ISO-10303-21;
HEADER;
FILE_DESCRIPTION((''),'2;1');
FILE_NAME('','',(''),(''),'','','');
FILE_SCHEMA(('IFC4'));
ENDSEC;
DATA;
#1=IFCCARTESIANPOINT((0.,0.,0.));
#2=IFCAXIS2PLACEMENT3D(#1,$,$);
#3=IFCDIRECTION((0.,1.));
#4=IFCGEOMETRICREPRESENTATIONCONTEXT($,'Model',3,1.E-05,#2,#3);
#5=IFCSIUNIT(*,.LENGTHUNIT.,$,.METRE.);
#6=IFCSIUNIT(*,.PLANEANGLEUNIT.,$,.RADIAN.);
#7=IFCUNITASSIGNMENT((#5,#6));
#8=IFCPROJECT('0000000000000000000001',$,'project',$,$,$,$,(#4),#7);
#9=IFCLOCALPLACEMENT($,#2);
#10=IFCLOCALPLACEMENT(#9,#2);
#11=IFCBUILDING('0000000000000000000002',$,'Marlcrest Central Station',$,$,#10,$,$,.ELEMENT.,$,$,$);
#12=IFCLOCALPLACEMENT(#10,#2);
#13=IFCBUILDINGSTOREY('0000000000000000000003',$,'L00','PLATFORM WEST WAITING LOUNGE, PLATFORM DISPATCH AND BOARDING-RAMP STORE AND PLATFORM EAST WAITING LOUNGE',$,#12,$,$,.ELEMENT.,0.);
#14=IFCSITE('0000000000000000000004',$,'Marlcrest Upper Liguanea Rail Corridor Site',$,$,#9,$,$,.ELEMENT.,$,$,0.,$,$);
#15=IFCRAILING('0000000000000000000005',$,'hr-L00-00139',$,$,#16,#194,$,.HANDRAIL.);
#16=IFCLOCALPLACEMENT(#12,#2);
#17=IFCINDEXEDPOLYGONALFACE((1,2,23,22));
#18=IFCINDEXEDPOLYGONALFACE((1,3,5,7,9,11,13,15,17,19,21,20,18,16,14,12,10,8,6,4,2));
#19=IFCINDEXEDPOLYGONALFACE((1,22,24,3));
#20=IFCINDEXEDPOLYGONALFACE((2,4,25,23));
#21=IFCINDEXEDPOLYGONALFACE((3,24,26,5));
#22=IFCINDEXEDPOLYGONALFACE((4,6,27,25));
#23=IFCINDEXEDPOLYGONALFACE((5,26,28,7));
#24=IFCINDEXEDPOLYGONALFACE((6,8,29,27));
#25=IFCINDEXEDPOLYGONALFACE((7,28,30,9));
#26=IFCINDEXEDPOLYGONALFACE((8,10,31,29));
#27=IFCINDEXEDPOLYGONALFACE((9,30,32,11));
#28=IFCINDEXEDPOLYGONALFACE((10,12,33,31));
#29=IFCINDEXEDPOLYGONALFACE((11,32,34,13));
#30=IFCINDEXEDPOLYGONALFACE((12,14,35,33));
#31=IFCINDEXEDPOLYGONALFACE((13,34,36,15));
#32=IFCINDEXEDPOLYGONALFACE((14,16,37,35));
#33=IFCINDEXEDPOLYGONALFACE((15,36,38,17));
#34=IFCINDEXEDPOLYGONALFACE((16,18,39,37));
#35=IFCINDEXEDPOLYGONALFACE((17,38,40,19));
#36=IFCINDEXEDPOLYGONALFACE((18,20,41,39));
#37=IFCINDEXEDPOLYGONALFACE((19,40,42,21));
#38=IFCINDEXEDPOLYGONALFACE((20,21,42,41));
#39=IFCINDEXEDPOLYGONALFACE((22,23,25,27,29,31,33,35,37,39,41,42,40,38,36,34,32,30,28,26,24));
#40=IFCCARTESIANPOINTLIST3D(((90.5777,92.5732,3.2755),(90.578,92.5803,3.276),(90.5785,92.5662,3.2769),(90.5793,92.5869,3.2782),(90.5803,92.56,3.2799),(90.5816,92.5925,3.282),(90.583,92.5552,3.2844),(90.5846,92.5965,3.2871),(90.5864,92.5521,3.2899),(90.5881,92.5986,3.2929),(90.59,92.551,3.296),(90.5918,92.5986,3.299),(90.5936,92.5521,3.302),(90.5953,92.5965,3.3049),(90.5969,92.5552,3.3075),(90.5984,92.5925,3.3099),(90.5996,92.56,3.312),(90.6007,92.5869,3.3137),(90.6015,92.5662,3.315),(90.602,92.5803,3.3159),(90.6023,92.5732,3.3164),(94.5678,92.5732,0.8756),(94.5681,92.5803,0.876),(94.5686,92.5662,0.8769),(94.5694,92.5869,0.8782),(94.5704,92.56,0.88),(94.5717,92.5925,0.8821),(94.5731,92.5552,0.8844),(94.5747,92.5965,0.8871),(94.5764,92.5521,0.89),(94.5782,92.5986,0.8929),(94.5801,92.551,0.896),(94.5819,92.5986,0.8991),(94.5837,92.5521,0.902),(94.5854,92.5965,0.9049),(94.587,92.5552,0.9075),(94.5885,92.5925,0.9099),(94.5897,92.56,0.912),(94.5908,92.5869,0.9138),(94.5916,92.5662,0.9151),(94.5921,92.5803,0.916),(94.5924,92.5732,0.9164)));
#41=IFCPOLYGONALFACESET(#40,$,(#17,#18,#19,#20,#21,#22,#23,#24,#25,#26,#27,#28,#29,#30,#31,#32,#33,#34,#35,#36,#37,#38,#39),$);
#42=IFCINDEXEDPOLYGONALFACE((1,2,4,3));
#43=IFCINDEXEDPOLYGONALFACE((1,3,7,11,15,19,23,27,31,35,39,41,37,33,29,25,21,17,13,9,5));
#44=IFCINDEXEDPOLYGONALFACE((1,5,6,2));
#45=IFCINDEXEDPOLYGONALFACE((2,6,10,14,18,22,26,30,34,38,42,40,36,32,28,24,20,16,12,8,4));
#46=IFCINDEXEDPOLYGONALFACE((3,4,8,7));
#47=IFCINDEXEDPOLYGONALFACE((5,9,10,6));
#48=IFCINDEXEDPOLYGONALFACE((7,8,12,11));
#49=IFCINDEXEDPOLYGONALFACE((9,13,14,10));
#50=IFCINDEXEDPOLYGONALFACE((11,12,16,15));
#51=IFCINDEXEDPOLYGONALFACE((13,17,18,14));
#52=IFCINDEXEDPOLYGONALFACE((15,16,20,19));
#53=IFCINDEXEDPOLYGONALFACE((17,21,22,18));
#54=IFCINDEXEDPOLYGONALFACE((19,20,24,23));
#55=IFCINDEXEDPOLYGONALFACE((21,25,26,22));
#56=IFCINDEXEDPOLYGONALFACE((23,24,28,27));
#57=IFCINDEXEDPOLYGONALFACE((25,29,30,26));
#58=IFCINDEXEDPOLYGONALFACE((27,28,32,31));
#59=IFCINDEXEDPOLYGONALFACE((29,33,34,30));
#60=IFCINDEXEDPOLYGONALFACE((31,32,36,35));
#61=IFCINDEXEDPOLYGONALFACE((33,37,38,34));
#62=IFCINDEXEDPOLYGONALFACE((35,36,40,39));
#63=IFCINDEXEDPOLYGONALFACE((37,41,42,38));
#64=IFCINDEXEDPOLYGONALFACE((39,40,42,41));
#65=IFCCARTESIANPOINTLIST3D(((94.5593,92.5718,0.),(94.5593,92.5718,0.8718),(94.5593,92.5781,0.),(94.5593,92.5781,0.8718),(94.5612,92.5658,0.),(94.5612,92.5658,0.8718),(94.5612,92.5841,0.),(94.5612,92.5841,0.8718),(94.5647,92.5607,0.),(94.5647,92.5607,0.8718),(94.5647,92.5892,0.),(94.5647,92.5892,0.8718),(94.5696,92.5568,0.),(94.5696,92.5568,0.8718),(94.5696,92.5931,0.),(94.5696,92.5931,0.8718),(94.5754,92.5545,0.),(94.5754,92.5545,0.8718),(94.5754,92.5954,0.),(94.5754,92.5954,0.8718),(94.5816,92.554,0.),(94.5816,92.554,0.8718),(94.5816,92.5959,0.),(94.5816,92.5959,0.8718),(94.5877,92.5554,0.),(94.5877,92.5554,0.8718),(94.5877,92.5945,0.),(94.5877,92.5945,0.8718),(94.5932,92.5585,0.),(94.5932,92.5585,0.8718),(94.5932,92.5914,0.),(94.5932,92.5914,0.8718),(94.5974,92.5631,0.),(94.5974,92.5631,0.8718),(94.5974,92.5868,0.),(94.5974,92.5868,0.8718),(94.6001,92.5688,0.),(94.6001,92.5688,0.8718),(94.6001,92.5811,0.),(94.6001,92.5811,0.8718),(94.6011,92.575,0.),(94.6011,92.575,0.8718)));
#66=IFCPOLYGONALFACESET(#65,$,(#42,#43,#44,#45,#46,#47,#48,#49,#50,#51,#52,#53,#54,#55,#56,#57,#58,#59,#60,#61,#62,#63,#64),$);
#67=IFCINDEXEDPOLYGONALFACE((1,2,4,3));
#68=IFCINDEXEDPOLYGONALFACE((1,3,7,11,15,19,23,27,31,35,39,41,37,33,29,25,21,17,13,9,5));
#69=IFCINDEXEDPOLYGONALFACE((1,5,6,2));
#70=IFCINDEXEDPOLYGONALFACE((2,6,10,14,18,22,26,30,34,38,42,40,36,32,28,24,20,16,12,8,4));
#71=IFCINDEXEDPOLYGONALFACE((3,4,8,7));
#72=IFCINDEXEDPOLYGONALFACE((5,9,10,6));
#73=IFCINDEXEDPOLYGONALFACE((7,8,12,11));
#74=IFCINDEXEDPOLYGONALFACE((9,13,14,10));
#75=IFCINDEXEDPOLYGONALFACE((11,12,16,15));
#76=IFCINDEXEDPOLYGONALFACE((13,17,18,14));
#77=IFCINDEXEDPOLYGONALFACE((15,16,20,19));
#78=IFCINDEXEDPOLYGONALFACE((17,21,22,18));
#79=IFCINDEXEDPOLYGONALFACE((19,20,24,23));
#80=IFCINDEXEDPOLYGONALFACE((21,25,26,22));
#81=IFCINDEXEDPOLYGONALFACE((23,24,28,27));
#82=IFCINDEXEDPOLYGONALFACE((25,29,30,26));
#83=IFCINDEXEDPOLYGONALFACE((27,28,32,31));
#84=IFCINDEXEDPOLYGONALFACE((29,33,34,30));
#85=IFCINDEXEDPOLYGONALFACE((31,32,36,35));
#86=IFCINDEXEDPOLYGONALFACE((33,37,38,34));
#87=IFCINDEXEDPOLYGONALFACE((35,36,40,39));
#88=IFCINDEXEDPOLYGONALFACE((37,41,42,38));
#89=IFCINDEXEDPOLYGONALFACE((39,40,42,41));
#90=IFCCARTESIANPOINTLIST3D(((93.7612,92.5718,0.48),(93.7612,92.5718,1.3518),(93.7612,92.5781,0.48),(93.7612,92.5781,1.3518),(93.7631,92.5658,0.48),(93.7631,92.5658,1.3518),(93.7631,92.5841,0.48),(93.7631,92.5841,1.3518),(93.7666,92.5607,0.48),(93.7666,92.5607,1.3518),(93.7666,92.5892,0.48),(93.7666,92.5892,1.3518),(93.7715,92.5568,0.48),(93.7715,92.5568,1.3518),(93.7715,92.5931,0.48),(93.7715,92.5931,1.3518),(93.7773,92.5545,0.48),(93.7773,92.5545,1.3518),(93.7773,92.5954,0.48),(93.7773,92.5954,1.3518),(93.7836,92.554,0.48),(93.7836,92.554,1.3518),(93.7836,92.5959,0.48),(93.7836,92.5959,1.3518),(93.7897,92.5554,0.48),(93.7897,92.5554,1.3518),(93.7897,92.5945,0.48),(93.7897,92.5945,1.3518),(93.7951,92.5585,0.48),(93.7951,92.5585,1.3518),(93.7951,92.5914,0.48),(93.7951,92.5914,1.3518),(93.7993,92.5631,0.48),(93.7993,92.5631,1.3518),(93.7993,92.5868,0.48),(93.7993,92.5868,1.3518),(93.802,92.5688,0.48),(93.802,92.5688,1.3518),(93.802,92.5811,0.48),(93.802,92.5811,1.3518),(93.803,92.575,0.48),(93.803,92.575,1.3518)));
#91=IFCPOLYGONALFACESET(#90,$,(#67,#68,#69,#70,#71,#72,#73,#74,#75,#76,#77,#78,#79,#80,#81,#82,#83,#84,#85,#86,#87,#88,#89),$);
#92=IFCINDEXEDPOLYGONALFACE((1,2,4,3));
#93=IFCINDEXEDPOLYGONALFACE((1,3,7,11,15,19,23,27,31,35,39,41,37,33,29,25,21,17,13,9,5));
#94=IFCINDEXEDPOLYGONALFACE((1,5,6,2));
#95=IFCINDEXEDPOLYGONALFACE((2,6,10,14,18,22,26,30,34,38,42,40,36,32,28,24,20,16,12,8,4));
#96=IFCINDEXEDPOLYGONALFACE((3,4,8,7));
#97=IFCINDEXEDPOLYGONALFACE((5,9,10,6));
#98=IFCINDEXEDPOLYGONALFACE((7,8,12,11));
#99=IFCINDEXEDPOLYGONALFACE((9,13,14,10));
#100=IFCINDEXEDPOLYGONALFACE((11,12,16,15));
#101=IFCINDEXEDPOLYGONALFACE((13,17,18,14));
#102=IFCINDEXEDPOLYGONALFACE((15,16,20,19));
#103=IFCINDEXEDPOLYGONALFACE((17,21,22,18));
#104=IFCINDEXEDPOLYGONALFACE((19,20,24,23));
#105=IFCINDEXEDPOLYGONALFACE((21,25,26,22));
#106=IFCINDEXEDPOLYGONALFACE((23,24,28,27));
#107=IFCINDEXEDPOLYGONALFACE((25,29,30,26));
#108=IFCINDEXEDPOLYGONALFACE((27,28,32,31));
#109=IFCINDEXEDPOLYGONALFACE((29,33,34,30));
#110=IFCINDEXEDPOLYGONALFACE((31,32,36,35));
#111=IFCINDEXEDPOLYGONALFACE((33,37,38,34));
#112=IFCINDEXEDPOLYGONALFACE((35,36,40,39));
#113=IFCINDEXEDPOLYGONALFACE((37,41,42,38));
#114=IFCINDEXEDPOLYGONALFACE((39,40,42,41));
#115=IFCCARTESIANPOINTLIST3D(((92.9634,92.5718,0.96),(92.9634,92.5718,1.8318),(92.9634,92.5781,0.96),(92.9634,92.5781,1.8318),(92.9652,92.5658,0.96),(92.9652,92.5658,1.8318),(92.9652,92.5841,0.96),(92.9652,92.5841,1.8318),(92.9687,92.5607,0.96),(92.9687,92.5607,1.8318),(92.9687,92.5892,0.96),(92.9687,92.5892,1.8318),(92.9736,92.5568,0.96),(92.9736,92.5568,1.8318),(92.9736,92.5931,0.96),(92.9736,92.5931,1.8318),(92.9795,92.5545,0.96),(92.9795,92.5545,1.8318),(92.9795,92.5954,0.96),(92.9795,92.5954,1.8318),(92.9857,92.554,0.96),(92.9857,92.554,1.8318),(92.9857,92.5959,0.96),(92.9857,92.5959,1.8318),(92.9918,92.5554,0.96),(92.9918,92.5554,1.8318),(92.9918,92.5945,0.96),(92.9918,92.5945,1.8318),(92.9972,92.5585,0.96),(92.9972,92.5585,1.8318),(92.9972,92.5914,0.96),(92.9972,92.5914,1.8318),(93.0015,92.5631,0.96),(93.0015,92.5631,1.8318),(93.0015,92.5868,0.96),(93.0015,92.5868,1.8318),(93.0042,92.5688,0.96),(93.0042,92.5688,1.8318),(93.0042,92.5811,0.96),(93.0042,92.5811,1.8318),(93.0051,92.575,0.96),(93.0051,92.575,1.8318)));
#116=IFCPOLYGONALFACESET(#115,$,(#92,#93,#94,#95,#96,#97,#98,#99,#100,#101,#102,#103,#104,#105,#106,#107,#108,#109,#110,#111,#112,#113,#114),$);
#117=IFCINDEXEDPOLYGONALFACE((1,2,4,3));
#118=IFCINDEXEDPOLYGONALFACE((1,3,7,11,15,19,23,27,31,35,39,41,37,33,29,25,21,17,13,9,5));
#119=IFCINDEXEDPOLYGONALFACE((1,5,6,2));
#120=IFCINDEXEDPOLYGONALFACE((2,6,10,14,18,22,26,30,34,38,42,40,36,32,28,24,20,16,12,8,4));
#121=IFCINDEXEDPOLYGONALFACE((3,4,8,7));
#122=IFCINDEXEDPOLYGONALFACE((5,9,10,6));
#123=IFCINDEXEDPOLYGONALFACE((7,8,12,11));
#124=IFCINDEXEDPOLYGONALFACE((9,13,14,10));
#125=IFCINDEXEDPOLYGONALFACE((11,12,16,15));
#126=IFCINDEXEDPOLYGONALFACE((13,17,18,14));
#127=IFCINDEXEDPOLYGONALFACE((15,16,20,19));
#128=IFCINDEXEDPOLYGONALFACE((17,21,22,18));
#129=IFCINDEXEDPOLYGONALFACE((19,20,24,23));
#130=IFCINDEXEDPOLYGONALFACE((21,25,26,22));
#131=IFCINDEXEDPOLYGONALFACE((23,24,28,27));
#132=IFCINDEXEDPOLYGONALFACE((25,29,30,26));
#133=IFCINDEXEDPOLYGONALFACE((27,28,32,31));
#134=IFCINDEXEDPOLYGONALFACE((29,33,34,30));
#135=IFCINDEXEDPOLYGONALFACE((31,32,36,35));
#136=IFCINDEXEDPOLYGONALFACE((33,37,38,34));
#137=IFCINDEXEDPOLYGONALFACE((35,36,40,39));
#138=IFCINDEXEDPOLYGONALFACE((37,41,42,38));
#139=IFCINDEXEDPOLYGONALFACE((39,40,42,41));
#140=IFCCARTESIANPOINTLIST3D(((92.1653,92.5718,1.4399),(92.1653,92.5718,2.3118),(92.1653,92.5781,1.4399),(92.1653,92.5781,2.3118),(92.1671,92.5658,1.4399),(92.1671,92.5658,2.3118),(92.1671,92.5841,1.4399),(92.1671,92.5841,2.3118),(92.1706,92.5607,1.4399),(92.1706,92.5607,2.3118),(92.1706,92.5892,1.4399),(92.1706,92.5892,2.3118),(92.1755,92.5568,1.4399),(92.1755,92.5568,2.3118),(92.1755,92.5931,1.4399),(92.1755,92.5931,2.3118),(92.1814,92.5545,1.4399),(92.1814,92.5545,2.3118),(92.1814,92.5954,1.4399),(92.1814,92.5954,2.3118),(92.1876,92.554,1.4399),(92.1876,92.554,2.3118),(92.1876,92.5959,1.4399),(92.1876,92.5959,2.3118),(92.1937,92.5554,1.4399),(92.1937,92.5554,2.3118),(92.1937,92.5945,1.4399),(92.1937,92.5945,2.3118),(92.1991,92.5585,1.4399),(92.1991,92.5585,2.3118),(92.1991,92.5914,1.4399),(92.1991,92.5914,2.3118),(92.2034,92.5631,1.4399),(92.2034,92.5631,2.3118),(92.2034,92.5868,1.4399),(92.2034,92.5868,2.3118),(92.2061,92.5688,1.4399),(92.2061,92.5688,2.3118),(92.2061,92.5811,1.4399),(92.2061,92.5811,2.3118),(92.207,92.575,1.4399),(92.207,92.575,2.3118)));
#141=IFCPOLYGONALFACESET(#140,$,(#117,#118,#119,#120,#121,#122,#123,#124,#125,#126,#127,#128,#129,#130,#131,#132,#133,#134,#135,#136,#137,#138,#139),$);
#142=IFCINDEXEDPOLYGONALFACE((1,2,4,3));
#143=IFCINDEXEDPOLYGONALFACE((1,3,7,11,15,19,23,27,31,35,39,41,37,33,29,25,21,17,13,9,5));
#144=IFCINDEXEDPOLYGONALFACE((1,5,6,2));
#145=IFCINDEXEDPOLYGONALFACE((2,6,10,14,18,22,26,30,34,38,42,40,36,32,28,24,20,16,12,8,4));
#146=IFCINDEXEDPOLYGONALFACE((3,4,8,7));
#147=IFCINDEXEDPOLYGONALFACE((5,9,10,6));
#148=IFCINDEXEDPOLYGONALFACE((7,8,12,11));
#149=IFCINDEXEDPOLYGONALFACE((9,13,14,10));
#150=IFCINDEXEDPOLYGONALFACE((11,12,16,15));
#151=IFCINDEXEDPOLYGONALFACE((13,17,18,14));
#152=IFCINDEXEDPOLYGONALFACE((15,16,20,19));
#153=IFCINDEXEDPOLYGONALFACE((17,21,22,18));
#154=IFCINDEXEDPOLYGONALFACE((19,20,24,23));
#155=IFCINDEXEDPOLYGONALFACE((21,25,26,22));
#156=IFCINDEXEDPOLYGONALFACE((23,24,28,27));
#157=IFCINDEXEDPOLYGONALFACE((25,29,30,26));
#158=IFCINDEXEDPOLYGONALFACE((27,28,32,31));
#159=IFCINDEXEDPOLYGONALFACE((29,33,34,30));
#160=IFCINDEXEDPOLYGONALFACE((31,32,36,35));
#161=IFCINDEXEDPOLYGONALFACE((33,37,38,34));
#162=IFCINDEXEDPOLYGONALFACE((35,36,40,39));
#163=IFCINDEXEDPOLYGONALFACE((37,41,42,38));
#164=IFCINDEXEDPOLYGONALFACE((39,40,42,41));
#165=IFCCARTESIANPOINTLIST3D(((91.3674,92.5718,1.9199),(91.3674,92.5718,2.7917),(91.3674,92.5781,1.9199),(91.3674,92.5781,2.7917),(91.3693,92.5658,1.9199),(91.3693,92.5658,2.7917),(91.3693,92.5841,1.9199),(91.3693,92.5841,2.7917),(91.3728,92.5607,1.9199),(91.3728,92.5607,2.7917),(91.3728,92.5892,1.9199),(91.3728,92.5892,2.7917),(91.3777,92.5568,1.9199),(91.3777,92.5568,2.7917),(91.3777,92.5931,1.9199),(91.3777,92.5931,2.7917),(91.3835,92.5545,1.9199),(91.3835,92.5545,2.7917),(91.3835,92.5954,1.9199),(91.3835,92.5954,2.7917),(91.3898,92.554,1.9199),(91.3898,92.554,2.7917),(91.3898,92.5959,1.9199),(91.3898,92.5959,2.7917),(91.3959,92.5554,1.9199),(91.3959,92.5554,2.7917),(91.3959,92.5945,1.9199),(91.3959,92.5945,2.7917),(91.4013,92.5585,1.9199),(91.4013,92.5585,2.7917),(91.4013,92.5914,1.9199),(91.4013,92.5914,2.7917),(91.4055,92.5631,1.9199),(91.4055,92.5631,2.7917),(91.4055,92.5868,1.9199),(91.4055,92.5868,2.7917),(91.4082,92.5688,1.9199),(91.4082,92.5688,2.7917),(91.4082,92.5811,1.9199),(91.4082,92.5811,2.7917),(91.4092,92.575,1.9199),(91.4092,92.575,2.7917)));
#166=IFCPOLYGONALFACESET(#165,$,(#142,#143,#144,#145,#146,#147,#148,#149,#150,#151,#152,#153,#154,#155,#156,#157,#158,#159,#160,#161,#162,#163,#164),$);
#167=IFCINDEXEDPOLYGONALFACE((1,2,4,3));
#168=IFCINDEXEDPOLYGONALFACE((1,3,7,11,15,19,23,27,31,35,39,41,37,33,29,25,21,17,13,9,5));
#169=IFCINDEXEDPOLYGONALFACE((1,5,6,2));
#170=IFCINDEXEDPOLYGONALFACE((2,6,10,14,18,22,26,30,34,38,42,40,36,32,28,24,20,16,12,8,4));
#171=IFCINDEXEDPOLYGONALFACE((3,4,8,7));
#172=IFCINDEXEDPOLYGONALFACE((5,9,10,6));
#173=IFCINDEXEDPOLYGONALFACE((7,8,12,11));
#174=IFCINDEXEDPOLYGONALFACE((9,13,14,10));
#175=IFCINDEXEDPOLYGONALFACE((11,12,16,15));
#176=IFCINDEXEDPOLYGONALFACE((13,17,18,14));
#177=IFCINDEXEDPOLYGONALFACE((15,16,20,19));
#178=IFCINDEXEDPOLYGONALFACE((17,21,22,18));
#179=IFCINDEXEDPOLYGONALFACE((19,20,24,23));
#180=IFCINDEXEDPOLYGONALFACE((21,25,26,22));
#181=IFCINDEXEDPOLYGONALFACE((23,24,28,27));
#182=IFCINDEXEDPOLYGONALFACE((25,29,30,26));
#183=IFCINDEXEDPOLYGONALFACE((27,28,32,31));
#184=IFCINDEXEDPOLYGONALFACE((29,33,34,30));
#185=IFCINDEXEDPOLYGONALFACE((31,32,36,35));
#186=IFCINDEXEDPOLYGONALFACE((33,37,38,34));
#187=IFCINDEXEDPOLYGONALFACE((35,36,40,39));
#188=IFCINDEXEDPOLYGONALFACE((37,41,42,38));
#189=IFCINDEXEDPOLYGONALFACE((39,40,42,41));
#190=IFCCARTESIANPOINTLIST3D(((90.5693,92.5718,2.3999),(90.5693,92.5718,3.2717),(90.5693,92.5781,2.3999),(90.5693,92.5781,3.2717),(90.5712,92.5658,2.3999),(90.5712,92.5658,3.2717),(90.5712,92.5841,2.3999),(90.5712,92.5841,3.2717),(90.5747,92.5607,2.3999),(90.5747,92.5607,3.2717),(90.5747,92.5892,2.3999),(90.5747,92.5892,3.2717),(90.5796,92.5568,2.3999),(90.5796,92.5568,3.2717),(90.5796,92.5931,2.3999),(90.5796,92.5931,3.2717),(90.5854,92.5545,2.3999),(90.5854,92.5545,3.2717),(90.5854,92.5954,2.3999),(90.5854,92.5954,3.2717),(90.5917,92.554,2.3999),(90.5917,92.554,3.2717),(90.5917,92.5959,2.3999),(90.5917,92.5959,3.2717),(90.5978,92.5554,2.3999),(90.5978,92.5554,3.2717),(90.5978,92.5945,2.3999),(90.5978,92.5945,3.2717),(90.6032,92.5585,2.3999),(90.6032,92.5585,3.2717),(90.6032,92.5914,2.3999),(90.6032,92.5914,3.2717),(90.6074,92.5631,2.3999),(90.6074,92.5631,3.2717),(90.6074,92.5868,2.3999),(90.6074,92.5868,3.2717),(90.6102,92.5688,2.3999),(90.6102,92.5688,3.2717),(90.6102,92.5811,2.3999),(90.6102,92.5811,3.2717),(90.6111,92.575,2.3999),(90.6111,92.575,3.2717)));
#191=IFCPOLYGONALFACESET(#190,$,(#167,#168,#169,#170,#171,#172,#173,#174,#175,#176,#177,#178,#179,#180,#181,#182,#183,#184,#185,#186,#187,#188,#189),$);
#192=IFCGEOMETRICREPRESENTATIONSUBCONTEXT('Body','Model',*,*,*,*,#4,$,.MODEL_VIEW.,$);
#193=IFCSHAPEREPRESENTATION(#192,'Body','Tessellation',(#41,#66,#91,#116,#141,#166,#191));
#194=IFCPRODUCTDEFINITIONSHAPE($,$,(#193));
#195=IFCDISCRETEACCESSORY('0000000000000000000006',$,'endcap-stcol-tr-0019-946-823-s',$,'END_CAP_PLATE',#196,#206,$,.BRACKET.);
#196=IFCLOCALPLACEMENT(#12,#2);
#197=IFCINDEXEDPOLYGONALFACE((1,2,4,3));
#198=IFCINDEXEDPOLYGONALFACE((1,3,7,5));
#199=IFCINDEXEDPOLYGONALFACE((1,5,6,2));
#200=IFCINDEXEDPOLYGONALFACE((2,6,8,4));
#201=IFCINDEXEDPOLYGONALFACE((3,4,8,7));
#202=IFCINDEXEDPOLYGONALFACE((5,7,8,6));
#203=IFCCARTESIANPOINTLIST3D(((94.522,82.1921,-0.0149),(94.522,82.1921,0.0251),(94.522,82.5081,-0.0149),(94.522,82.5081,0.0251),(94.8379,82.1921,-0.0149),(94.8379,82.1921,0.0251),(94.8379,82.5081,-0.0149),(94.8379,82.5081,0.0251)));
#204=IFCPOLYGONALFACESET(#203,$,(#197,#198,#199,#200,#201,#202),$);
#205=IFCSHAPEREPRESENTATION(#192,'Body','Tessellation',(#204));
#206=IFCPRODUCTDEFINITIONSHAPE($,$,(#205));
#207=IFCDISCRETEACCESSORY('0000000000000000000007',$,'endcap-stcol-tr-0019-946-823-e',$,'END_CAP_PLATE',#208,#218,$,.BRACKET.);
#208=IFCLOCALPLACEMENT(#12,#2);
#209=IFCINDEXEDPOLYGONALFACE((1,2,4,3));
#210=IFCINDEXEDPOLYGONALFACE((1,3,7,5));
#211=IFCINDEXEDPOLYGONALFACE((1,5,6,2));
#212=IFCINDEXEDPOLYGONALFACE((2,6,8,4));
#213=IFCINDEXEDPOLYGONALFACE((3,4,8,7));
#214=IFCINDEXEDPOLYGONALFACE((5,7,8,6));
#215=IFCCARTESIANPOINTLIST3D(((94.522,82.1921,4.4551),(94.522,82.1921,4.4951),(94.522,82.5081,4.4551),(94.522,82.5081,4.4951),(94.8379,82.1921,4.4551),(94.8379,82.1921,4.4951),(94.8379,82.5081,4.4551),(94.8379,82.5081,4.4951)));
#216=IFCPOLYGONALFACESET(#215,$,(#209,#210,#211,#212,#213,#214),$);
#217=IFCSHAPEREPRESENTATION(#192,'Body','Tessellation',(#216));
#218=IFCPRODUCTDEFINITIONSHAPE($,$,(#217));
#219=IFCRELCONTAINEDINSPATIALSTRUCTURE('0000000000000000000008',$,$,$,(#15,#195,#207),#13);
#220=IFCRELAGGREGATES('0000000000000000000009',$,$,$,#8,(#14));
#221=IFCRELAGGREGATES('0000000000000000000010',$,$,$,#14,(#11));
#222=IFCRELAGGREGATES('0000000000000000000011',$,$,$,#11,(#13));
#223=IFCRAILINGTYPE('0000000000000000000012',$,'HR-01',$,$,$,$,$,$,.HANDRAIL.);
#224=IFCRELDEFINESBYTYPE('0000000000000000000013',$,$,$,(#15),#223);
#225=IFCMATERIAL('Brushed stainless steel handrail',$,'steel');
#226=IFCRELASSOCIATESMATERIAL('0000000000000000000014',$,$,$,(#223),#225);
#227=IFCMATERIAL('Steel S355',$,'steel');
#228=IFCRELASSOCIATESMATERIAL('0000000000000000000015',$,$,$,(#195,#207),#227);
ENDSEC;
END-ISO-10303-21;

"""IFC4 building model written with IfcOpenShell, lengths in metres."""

from ifc_helpers import new_model, si_unit, direction, frame, origin, origin_2d, place, context, subcontext, project, spatial, rectangle, circle, extrude, material, type_object, element, save


model = new_model("IFC4")

# Units and contexts
model_context = context("Model", 3, precision=1e-05, world=origin(), true_north=direction((0.0, 1.0)))
body_context = subcontext(model_context, "Body", "Model", "MODEL_VIEW")
ifc_project = project(units=[si_unit("LENGTHUNIT", "METRE"), si_unit("PLANEANGLEUNIT", "RADIAN")], contexts=[model_context])

# Site, building, storey
site_placement = place(None, origin())
site = spatial("IfcSite", under=ifc_project, at=site_placement, Name="Marlcrest Upper Liguanea Rail Corridor Site", CompositionType="ELEMENT", RefElevation=0.0)
building_placement = place(site_placement, origin())
building = spatial("IfcBuilding", under=site, at=building_placement, Name="Marlcrest Central Station", CompositionType="ELEMENT")
storey_placement = place(building_placement, origin())
storey = spatial("IfcBuildingStorey", under=building, at=storey_placement, Name="L00", Description="PLATFORM WEST WAITING LOUNGE, PLATFORM DISPATCH AND BOARDING-RAMP STORE AND PLATFORM EAST WAITING LOUNGE", CompositionType="ELEMENT", Elevation=0.0)

# Shared definitions
ifc_material_1 = material(Name="Steel S355", Category="steel")

# Railing
ifc_material_2 = material(Name="Brushed stainless steel handrail", Category="steel")
railing_type = type_object("IfcRailingType", Name="HR-01", PredefinedType="HANDRAIL", material=ifc_material_2)
railing_placement = place(storey_placement, frame((94.5801, 92.575, 0.0)))
element("IfcRailing", 1, at=railing_placement, inside=storey, type_object=railing_type, Name="hr-L00-00139", PredefinedType="HANDRAIL", context=body_context, shape_type="SweptSolid", body=[
    extrude(circle(Radius=0.0239, at=origin_2d()), frame((0.0, 0.0, 0.896), z_axis=(-0.856933, 0.0, 0.515428), x_axis=(0.0, -1.0, 0.0)), (0.0, 0.0, 1.0), 4.6562),
    extrude(circle(Radius=0.021, at=origin_2d()), origin(), (0.0, 0.0, 1.0), 0.8718),
    extrude(circle(Radius=0.021, at=origin_2d()), frame((-0.7981, 0.0, 0.48)), (0.0, 0.0, 1.0), 0.8718),
    extrude(circle(Radius=0.021, at=origin_2d()), frame((-1.5959, 0.0, 0.96)), (0.0, 0.0, 1.0), 0.8718),
    extrude(circle(Radius=0.021, at=origin_2d()), frame((-2.394, 0.0, 1.4399)), (0.0, 0.0, 1.0), 0.8718),
    extrude(circle(Radius=0.021, at=origin_2d()), frame((-3.1919, 0.0, 1.9199)), (0.0, 0.0, 1.0), 0.8718),
    extrude(circle(Radius=0.021, at=origin_2d()), frame((-3.99, 0.0, 2.3999)), (0.0, 0.0, 1.0), 0.8718),
])

# Discrete accessories
for number, where, z_axis, x_axis, name in (
    (2, (94.6799, 82.3501, -0.0149), (0.0, 0.0, 1.0), (1.0, 0.0, 0.0), "endcap-stcol-tr-0019-946-823-s"),
    (3, (94.6799, 82.3501, 4.4551), (0.0, 0.0, 1.0), (1.0, 0.0, 0.0), "endcap-stcol-tr-0019-946-823-e"),
):
    element("IfcDiscreteAccessory", number, at=place(storey_placement, frame(where, z_axis=z_axis, x_axis=x_axis)), inside=storey, material=ifc_material_1, Name=name, ObjectType="END_CAP_PLATE", PredefinedType="BRACKET", context=body_context, shape_type="SweptSolid", body=[
        extrude(rectangle(XDim=0.3159, YDim=0.3159, at=origin_2d()), origin(), (0.0, 0.0, 1.0), 0.04),
    ])

save(model, "model.ifc")
